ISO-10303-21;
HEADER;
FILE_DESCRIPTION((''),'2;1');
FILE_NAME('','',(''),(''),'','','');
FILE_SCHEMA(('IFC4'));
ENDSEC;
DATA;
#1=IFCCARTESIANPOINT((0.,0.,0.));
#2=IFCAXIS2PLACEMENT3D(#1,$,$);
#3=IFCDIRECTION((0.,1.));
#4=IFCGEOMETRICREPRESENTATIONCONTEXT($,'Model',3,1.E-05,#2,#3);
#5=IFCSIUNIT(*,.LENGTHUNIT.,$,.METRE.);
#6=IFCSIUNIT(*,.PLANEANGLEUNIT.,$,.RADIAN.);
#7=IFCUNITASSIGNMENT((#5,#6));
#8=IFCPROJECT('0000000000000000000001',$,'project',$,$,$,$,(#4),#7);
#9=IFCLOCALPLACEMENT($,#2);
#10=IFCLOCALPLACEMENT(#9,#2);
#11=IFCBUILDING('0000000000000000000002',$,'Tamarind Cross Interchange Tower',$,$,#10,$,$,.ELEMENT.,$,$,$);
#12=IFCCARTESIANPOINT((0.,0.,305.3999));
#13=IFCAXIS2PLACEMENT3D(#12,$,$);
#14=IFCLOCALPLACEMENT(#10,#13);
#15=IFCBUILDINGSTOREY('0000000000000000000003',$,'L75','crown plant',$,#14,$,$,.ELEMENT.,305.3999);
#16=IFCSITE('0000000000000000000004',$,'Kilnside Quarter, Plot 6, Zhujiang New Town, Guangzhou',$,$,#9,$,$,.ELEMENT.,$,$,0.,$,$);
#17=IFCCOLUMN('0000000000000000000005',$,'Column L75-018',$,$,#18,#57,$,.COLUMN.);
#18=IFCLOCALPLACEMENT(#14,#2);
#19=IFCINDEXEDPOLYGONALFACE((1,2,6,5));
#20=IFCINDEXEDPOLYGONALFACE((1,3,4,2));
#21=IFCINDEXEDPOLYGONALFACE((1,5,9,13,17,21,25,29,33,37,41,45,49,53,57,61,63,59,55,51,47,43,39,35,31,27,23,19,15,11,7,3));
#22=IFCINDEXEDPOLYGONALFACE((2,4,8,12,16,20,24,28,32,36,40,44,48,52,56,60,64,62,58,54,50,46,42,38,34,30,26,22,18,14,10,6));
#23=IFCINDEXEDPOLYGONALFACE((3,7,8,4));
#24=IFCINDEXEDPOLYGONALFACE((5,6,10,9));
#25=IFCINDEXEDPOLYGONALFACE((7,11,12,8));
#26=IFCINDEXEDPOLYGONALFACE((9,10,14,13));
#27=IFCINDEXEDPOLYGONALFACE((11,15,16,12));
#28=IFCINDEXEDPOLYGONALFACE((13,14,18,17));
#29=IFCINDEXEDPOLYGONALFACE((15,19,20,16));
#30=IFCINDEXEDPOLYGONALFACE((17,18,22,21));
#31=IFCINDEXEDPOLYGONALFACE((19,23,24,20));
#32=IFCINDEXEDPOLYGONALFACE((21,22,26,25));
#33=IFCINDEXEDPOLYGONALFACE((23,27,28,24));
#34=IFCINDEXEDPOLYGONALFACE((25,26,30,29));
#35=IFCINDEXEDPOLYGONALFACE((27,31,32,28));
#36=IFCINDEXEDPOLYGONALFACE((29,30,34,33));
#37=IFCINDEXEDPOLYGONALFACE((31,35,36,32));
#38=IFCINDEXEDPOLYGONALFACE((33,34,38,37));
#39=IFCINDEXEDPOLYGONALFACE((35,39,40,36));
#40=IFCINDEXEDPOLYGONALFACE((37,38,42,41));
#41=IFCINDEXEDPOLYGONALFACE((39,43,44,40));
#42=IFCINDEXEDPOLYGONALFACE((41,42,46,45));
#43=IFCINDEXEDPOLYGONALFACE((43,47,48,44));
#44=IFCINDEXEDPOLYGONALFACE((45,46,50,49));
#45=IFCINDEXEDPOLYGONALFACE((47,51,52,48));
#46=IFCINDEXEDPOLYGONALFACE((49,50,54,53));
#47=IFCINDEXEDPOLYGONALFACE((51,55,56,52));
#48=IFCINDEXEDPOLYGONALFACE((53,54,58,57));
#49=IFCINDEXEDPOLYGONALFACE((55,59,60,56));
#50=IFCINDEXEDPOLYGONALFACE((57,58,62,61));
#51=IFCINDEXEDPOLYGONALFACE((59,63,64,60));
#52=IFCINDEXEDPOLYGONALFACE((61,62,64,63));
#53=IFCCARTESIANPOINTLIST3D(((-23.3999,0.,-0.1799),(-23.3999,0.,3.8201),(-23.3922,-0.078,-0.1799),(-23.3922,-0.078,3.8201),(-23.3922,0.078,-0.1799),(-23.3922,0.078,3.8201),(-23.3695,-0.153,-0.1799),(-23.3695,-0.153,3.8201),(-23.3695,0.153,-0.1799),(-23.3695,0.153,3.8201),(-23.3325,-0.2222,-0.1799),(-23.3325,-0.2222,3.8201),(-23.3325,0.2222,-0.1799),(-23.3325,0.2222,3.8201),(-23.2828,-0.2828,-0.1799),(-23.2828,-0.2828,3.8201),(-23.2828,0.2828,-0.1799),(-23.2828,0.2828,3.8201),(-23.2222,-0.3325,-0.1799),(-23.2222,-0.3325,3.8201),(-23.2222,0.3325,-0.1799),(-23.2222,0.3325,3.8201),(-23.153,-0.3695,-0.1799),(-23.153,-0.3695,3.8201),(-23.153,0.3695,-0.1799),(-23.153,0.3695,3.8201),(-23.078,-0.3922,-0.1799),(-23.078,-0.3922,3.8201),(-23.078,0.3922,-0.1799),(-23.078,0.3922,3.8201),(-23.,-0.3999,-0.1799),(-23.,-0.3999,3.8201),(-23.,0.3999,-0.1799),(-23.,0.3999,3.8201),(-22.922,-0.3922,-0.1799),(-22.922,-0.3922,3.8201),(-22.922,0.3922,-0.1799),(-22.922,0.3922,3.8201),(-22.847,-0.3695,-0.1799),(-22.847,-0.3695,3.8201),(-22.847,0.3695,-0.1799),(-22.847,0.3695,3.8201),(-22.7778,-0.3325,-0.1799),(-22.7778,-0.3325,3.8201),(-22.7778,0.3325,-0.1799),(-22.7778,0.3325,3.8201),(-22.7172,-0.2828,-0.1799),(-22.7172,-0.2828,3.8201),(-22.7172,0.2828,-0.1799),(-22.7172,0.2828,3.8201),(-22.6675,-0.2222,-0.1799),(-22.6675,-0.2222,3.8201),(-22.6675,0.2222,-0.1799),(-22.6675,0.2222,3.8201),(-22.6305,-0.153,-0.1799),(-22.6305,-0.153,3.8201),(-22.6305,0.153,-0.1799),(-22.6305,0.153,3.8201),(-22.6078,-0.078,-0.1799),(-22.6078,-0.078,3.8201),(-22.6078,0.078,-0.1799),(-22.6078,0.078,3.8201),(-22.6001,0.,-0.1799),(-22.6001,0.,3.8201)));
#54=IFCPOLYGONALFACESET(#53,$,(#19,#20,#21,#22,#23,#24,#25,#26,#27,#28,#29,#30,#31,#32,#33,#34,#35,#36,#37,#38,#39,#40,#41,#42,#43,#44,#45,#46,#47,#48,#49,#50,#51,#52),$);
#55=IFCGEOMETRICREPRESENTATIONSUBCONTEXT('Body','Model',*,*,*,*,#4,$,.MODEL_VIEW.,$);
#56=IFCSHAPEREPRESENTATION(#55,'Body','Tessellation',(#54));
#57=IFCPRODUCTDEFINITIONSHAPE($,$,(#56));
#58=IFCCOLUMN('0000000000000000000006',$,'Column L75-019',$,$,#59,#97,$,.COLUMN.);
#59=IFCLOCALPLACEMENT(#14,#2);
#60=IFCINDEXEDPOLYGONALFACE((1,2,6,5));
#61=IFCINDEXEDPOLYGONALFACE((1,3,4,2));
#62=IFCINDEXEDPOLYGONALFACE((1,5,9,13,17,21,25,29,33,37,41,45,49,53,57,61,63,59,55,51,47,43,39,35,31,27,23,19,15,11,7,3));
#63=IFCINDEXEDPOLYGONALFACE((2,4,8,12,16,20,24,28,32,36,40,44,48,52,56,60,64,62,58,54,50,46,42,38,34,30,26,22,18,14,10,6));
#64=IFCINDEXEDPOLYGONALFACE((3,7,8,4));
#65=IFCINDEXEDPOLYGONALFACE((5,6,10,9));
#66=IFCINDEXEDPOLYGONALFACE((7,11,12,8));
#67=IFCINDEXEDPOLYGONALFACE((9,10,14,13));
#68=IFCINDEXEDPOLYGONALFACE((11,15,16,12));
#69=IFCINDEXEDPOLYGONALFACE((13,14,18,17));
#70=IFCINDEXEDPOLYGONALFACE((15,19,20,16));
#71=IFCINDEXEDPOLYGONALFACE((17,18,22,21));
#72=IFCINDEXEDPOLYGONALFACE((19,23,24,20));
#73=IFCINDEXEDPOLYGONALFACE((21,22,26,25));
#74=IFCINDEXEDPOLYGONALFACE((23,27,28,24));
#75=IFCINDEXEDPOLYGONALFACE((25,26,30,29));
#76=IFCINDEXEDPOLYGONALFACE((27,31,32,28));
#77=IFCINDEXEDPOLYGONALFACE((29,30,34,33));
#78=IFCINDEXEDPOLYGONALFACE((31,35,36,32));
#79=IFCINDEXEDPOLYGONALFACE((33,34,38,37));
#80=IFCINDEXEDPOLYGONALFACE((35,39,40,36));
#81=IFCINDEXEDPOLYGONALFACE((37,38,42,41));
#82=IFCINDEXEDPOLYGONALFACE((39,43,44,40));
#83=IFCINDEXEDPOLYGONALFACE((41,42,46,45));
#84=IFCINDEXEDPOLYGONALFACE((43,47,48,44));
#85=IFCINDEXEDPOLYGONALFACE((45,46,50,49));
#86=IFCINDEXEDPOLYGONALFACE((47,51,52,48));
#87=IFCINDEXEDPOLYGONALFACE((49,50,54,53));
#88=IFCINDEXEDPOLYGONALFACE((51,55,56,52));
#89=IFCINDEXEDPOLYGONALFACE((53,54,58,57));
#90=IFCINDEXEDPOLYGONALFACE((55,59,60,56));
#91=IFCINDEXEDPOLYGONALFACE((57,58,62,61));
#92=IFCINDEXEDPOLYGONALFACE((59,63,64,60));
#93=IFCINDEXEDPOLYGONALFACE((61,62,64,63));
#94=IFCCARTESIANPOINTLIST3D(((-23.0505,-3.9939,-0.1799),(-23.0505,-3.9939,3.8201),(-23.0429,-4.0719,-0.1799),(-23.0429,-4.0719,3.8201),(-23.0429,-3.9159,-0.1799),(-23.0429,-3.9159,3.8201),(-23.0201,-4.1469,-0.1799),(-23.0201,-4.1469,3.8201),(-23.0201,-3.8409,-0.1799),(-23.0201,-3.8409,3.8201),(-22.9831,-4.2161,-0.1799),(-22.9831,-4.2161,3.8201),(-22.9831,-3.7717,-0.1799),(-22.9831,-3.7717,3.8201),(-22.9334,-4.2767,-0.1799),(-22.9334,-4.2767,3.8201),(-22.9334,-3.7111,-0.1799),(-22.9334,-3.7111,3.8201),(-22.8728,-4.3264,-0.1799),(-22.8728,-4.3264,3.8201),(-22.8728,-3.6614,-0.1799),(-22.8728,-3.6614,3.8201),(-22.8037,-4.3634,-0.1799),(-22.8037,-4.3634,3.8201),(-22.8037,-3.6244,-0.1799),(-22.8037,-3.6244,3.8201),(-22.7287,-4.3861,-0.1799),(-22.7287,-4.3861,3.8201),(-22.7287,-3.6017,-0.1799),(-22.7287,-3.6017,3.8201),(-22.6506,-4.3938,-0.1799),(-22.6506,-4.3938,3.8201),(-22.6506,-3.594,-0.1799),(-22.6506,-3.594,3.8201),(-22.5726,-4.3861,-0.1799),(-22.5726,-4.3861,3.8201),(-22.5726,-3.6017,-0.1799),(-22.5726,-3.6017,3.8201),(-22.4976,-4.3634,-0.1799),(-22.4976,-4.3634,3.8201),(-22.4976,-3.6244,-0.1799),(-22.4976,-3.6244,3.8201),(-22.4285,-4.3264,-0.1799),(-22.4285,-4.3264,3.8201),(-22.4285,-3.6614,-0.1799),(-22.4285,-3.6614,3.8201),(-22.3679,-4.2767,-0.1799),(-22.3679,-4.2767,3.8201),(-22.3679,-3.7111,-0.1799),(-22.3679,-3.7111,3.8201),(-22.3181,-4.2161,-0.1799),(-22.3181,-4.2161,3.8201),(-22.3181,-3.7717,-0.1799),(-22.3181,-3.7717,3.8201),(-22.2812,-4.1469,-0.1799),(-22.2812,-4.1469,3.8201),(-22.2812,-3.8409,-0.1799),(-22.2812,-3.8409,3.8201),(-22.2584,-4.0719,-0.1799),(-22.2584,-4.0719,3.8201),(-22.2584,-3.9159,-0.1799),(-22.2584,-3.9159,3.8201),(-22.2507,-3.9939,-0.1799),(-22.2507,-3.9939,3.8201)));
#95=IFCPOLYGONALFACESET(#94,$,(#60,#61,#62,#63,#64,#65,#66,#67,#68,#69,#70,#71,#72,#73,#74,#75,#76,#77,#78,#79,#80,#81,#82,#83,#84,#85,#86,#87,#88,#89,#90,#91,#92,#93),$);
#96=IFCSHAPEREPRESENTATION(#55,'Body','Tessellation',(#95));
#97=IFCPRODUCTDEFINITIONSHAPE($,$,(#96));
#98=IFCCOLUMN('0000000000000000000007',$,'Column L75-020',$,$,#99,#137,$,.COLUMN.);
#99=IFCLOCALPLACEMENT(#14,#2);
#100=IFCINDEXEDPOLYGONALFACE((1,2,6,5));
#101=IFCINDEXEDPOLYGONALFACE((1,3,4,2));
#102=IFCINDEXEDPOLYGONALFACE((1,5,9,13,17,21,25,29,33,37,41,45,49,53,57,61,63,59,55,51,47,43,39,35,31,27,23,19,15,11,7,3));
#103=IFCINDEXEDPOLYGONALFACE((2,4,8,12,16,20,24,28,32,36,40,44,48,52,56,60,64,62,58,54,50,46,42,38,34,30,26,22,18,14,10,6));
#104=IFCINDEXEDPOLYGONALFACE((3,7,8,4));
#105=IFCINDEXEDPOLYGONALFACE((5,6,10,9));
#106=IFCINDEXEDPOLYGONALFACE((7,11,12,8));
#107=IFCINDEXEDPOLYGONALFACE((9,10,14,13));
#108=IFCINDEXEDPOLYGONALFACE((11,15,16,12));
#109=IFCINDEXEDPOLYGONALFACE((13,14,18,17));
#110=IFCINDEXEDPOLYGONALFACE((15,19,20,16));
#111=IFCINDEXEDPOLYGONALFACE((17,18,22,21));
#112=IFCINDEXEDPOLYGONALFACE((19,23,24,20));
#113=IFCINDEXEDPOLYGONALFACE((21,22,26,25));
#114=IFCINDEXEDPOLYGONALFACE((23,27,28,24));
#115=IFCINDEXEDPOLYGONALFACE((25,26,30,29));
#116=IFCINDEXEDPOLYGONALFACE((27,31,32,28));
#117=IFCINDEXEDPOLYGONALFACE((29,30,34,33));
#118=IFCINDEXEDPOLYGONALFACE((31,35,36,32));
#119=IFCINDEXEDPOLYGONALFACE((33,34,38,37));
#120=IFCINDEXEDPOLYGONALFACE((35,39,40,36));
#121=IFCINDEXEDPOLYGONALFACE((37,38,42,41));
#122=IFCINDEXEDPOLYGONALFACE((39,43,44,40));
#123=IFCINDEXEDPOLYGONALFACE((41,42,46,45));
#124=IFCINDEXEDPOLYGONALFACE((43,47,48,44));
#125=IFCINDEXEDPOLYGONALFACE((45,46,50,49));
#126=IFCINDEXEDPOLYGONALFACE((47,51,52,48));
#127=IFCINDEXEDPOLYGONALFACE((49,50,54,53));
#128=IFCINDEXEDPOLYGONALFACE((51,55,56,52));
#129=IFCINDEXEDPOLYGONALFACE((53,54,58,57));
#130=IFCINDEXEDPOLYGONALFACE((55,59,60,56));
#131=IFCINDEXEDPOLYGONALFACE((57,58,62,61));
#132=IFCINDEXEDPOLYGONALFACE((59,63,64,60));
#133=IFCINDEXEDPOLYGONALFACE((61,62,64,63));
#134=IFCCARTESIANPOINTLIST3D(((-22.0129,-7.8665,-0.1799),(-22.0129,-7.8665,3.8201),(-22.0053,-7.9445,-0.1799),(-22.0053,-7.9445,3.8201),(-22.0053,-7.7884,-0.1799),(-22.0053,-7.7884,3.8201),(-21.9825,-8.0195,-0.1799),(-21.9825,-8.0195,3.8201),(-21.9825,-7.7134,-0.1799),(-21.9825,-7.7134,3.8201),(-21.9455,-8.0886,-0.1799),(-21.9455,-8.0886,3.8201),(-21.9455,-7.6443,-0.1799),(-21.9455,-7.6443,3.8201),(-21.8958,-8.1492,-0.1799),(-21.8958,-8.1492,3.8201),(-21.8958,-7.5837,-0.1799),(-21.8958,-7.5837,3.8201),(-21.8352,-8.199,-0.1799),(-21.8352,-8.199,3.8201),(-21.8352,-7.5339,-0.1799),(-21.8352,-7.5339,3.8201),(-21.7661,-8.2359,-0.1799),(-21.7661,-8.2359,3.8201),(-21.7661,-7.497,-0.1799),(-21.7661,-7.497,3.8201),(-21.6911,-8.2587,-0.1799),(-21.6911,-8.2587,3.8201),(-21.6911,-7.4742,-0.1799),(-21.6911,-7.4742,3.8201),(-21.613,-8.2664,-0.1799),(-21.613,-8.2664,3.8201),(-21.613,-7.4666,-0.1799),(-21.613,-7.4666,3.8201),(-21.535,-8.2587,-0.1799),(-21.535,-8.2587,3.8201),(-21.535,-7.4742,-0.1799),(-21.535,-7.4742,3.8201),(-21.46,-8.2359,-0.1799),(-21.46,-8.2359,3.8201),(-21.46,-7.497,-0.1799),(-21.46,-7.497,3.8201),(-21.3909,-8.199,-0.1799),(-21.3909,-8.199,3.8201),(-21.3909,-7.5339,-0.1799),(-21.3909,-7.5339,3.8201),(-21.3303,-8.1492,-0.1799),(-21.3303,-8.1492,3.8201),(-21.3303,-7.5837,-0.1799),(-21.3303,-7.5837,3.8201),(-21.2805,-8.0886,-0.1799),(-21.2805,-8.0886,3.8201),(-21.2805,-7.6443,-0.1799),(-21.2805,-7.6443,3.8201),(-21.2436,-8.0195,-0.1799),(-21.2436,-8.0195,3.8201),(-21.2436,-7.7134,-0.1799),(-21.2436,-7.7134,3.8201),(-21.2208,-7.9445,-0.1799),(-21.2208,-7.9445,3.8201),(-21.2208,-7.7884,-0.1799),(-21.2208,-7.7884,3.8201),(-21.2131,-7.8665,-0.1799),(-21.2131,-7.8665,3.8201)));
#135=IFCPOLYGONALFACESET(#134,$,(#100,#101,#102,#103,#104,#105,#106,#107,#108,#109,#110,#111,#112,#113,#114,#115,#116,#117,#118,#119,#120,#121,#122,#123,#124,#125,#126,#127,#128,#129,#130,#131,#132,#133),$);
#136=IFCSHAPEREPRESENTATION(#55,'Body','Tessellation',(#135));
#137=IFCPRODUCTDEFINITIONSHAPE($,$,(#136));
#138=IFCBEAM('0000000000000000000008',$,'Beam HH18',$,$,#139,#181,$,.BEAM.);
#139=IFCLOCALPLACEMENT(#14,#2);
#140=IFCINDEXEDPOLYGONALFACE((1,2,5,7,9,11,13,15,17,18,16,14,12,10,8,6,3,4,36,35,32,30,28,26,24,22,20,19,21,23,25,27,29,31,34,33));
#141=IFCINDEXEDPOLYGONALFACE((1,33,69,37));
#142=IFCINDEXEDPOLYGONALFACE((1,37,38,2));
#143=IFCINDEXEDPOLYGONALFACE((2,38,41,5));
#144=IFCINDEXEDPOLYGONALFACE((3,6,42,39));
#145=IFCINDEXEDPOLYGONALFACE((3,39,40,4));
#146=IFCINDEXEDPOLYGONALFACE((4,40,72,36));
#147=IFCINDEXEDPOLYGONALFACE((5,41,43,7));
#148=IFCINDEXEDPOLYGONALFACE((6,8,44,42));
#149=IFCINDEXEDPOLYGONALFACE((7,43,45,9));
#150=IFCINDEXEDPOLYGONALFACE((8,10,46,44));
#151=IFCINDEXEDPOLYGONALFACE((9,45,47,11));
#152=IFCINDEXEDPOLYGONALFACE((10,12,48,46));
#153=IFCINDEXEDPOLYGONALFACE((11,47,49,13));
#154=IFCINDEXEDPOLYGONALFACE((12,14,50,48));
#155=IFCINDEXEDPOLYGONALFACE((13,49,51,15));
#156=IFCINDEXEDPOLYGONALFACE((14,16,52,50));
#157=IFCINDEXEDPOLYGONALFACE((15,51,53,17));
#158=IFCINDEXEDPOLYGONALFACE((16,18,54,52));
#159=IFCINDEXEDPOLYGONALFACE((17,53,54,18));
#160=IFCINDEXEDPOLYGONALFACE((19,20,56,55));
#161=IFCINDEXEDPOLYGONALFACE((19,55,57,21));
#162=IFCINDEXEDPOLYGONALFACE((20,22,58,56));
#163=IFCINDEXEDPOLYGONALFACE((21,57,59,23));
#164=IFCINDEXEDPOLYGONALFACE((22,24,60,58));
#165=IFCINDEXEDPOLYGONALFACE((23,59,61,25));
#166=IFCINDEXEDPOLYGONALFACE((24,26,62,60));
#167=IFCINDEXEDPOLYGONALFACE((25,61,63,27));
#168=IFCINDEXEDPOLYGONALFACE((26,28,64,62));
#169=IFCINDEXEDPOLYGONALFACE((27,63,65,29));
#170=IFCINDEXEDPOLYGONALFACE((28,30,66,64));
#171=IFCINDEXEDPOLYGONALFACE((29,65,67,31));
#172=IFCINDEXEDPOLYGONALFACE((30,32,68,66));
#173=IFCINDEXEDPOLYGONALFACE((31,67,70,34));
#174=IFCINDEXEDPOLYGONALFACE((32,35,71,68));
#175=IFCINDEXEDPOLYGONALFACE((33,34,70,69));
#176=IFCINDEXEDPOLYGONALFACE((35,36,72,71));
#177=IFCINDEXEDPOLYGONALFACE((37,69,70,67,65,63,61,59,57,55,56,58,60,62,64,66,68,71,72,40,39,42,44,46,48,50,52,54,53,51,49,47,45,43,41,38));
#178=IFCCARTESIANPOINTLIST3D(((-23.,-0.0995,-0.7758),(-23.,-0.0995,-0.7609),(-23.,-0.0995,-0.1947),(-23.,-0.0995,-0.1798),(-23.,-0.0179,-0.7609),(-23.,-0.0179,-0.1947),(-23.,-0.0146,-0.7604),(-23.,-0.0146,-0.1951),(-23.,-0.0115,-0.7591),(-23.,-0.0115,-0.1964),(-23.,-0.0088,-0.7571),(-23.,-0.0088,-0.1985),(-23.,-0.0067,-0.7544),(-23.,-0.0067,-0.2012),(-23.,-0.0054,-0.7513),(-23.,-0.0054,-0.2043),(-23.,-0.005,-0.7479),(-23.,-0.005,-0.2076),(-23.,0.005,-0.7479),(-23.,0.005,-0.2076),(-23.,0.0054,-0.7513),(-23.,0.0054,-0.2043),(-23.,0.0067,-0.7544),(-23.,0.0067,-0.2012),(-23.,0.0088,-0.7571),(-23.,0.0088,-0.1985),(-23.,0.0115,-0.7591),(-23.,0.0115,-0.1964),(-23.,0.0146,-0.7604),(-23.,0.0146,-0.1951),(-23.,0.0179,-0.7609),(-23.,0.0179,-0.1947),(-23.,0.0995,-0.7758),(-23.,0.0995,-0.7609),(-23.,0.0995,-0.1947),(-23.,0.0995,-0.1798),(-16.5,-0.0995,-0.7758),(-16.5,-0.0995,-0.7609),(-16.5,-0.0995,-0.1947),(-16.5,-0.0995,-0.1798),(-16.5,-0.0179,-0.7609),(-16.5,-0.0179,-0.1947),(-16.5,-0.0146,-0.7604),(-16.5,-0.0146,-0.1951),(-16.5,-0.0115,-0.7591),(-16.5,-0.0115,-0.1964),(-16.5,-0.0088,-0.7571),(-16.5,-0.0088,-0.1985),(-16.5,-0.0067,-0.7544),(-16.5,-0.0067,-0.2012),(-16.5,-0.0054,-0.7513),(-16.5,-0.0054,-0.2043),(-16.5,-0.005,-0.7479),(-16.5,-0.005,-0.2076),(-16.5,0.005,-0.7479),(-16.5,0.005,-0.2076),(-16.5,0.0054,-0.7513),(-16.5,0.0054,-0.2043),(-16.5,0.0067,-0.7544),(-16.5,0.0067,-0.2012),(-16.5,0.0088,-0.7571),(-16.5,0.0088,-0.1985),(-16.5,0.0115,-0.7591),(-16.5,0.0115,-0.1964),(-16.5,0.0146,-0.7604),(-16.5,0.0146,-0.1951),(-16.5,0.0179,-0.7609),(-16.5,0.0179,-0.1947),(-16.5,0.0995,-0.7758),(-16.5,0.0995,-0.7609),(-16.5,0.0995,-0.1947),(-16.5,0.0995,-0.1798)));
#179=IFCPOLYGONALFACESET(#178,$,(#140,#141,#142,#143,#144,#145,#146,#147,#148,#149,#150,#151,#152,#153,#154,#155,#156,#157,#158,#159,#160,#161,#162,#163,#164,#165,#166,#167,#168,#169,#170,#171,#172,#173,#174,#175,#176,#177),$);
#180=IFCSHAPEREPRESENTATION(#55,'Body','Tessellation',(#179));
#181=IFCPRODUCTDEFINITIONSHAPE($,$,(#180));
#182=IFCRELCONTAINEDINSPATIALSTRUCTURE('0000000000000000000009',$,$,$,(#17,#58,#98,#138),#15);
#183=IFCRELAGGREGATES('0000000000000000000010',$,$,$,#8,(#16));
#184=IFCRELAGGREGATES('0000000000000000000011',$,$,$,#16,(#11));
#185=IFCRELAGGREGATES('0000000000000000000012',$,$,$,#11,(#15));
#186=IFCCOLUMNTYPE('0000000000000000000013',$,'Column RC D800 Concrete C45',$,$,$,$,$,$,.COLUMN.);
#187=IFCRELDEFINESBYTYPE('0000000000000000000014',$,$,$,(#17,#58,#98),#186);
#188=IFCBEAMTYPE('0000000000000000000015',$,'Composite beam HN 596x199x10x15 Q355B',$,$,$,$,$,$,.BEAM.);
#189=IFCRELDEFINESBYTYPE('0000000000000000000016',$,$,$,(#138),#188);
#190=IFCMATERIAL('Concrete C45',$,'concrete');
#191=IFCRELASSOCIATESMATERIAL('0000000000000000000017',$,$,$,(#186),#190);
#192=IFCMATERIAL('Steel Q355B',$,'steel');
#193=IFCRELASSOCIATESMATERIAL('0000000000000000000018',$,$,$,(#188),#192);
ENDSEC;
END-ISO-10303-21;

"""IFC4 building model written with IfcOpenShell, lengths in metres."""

from ifc_helpers import new_model, si_unit, direction, frame, origin, origin_2d, place, context, subcontext, project, spatial, circle, i_section, extrude, material, material_profile, profile_set, type_object, element, save


model = new_model("IFC4")

# Units and contexts
model_context = context("Model", 3, precision=1e-05, world=origin(), true_north=direction((0.0, 1.0)))
body_context = subcontext(model_context, "Body", "Model", "MODEL_VIEW")
ifc_project = project(units=[si_unit("LENGTHUNIT", "METRE"), si_unit("PLANEANGLEUNIT", "RADIAN")], contexts=[model_context])

# Site, building, storey
site_placement = place(None, origin())
site = spatial("IfcSite", under=ifc_project, at=site_placement, Name="Kilnside Quarter, Plot 6, Zhujiang New Town, Guangzhou", CompositionType="ELEMENT", RefElevation=0.0)
building_placement = place(site_placement, origin())
building = spatial("IfcBuilding", under=site, at=building_placement, Name="Tamarind Cross Interchange Tower", CompositionType="ELEMENT")
storey_placement = place(building_placement, frame((0.0, 0.0, 305.3999)))
storey = spatial("IfcBuildingStorey", under=building, at=storey_placement, Name="L75", Description="crown plant", CompositionType="ELEMENT", Elevation=305.3999)

# Columns
ifc_material_1 = material(Name="Concrete C45", Category="concrete")
ifc_material_profile_1 = material_profile(ifc_material_1, circle(Radius=0.3999, at=origin_2d()), Name="RC D800")
ifc_profile_set_1 = profile_set([ifc_material_profile_1], Name="Concrete C45")
column_type = type_object("IfcColumnType", Name="Column RC D800 Concrete C45", PredefinedType="COLUMN", material=ifc_profile_set_1)
for number, where, z_axis, x_axis, name in (
    (1, (-23.0, 0.0, -0.1799), (0.0, 0.0, 1.0), (1.0, 0.0, 0.0), "Column L75-018"),
    (2, (-22.6506, -3.9939, -0.1799), (0.0, 0.0, 1.0), (1.0, 0.0, 0.0), "Column L75-019"),
    (3, (-21.613, -7.8665, -0.1799), (0.0, 0.0, 1.0), (1.0, 0.0, 0.0), "Column L75-020"),
):
    element("IfcColumn", number, at=place(storey_placement, frame(where, z_axis=z_axis, x_axis=x_axis)), inside=storey, type_object=column_type, Name=name, PredefinedType="COLUMN", context=body_context, shape_type="SweptSolid", body=[
        extrude(circle(Radius=0.3999, at=origin_2d()), origin(), (0.0, 0.0, 1.0), 4.0),
    ])

# Beam
ifc_material_2 = material(Name="Steel Q355B", Category="steel")
ifc_material_profile_2 = material_profile(ifc_material_2, i_section(OverallWidth=0.199, OverallDepth=0.5959, WebThickness=0.01, FlangeThickness=0.0149, FilletRadius=0.0129, at=origin_2d()), Name="HN 596x199x10x15")
ifc_profile_set_2 = profile_set([ifc_material_profile_2], Name="Steel Q355B")
beam_type = type_object("IfcBeamType", Name="Composite beam HN 596x199x10x15 Q355B", PredefinedType="BEAM", material=ifc_profile_set_2)
beam_1_placement = place(storey_placement, frame((-23.0, 0.0, -0.4778), z_axis=(1.0, 0.0, 0.0), x_axis=(0.0, 1.0, 0.0)))
element("IfcBeam", 4, at=beam_1_placement, inside=storey, type_object=beam_type, Name="Beam HH18", PredefinedType="BEAM", context=body_context, shape_type="SweptSolid", body=[
    extrude(i_section(OverallWidth=0.199, OverallDepth=0.5959, WebThickness=0.01, FlangeThickness=0.0149, FilletRadius=0.0129, at=origin_2d()), origin(), (0.0, 0.0, 1.0), 6.5),
])

save(model, "model.ifc")
